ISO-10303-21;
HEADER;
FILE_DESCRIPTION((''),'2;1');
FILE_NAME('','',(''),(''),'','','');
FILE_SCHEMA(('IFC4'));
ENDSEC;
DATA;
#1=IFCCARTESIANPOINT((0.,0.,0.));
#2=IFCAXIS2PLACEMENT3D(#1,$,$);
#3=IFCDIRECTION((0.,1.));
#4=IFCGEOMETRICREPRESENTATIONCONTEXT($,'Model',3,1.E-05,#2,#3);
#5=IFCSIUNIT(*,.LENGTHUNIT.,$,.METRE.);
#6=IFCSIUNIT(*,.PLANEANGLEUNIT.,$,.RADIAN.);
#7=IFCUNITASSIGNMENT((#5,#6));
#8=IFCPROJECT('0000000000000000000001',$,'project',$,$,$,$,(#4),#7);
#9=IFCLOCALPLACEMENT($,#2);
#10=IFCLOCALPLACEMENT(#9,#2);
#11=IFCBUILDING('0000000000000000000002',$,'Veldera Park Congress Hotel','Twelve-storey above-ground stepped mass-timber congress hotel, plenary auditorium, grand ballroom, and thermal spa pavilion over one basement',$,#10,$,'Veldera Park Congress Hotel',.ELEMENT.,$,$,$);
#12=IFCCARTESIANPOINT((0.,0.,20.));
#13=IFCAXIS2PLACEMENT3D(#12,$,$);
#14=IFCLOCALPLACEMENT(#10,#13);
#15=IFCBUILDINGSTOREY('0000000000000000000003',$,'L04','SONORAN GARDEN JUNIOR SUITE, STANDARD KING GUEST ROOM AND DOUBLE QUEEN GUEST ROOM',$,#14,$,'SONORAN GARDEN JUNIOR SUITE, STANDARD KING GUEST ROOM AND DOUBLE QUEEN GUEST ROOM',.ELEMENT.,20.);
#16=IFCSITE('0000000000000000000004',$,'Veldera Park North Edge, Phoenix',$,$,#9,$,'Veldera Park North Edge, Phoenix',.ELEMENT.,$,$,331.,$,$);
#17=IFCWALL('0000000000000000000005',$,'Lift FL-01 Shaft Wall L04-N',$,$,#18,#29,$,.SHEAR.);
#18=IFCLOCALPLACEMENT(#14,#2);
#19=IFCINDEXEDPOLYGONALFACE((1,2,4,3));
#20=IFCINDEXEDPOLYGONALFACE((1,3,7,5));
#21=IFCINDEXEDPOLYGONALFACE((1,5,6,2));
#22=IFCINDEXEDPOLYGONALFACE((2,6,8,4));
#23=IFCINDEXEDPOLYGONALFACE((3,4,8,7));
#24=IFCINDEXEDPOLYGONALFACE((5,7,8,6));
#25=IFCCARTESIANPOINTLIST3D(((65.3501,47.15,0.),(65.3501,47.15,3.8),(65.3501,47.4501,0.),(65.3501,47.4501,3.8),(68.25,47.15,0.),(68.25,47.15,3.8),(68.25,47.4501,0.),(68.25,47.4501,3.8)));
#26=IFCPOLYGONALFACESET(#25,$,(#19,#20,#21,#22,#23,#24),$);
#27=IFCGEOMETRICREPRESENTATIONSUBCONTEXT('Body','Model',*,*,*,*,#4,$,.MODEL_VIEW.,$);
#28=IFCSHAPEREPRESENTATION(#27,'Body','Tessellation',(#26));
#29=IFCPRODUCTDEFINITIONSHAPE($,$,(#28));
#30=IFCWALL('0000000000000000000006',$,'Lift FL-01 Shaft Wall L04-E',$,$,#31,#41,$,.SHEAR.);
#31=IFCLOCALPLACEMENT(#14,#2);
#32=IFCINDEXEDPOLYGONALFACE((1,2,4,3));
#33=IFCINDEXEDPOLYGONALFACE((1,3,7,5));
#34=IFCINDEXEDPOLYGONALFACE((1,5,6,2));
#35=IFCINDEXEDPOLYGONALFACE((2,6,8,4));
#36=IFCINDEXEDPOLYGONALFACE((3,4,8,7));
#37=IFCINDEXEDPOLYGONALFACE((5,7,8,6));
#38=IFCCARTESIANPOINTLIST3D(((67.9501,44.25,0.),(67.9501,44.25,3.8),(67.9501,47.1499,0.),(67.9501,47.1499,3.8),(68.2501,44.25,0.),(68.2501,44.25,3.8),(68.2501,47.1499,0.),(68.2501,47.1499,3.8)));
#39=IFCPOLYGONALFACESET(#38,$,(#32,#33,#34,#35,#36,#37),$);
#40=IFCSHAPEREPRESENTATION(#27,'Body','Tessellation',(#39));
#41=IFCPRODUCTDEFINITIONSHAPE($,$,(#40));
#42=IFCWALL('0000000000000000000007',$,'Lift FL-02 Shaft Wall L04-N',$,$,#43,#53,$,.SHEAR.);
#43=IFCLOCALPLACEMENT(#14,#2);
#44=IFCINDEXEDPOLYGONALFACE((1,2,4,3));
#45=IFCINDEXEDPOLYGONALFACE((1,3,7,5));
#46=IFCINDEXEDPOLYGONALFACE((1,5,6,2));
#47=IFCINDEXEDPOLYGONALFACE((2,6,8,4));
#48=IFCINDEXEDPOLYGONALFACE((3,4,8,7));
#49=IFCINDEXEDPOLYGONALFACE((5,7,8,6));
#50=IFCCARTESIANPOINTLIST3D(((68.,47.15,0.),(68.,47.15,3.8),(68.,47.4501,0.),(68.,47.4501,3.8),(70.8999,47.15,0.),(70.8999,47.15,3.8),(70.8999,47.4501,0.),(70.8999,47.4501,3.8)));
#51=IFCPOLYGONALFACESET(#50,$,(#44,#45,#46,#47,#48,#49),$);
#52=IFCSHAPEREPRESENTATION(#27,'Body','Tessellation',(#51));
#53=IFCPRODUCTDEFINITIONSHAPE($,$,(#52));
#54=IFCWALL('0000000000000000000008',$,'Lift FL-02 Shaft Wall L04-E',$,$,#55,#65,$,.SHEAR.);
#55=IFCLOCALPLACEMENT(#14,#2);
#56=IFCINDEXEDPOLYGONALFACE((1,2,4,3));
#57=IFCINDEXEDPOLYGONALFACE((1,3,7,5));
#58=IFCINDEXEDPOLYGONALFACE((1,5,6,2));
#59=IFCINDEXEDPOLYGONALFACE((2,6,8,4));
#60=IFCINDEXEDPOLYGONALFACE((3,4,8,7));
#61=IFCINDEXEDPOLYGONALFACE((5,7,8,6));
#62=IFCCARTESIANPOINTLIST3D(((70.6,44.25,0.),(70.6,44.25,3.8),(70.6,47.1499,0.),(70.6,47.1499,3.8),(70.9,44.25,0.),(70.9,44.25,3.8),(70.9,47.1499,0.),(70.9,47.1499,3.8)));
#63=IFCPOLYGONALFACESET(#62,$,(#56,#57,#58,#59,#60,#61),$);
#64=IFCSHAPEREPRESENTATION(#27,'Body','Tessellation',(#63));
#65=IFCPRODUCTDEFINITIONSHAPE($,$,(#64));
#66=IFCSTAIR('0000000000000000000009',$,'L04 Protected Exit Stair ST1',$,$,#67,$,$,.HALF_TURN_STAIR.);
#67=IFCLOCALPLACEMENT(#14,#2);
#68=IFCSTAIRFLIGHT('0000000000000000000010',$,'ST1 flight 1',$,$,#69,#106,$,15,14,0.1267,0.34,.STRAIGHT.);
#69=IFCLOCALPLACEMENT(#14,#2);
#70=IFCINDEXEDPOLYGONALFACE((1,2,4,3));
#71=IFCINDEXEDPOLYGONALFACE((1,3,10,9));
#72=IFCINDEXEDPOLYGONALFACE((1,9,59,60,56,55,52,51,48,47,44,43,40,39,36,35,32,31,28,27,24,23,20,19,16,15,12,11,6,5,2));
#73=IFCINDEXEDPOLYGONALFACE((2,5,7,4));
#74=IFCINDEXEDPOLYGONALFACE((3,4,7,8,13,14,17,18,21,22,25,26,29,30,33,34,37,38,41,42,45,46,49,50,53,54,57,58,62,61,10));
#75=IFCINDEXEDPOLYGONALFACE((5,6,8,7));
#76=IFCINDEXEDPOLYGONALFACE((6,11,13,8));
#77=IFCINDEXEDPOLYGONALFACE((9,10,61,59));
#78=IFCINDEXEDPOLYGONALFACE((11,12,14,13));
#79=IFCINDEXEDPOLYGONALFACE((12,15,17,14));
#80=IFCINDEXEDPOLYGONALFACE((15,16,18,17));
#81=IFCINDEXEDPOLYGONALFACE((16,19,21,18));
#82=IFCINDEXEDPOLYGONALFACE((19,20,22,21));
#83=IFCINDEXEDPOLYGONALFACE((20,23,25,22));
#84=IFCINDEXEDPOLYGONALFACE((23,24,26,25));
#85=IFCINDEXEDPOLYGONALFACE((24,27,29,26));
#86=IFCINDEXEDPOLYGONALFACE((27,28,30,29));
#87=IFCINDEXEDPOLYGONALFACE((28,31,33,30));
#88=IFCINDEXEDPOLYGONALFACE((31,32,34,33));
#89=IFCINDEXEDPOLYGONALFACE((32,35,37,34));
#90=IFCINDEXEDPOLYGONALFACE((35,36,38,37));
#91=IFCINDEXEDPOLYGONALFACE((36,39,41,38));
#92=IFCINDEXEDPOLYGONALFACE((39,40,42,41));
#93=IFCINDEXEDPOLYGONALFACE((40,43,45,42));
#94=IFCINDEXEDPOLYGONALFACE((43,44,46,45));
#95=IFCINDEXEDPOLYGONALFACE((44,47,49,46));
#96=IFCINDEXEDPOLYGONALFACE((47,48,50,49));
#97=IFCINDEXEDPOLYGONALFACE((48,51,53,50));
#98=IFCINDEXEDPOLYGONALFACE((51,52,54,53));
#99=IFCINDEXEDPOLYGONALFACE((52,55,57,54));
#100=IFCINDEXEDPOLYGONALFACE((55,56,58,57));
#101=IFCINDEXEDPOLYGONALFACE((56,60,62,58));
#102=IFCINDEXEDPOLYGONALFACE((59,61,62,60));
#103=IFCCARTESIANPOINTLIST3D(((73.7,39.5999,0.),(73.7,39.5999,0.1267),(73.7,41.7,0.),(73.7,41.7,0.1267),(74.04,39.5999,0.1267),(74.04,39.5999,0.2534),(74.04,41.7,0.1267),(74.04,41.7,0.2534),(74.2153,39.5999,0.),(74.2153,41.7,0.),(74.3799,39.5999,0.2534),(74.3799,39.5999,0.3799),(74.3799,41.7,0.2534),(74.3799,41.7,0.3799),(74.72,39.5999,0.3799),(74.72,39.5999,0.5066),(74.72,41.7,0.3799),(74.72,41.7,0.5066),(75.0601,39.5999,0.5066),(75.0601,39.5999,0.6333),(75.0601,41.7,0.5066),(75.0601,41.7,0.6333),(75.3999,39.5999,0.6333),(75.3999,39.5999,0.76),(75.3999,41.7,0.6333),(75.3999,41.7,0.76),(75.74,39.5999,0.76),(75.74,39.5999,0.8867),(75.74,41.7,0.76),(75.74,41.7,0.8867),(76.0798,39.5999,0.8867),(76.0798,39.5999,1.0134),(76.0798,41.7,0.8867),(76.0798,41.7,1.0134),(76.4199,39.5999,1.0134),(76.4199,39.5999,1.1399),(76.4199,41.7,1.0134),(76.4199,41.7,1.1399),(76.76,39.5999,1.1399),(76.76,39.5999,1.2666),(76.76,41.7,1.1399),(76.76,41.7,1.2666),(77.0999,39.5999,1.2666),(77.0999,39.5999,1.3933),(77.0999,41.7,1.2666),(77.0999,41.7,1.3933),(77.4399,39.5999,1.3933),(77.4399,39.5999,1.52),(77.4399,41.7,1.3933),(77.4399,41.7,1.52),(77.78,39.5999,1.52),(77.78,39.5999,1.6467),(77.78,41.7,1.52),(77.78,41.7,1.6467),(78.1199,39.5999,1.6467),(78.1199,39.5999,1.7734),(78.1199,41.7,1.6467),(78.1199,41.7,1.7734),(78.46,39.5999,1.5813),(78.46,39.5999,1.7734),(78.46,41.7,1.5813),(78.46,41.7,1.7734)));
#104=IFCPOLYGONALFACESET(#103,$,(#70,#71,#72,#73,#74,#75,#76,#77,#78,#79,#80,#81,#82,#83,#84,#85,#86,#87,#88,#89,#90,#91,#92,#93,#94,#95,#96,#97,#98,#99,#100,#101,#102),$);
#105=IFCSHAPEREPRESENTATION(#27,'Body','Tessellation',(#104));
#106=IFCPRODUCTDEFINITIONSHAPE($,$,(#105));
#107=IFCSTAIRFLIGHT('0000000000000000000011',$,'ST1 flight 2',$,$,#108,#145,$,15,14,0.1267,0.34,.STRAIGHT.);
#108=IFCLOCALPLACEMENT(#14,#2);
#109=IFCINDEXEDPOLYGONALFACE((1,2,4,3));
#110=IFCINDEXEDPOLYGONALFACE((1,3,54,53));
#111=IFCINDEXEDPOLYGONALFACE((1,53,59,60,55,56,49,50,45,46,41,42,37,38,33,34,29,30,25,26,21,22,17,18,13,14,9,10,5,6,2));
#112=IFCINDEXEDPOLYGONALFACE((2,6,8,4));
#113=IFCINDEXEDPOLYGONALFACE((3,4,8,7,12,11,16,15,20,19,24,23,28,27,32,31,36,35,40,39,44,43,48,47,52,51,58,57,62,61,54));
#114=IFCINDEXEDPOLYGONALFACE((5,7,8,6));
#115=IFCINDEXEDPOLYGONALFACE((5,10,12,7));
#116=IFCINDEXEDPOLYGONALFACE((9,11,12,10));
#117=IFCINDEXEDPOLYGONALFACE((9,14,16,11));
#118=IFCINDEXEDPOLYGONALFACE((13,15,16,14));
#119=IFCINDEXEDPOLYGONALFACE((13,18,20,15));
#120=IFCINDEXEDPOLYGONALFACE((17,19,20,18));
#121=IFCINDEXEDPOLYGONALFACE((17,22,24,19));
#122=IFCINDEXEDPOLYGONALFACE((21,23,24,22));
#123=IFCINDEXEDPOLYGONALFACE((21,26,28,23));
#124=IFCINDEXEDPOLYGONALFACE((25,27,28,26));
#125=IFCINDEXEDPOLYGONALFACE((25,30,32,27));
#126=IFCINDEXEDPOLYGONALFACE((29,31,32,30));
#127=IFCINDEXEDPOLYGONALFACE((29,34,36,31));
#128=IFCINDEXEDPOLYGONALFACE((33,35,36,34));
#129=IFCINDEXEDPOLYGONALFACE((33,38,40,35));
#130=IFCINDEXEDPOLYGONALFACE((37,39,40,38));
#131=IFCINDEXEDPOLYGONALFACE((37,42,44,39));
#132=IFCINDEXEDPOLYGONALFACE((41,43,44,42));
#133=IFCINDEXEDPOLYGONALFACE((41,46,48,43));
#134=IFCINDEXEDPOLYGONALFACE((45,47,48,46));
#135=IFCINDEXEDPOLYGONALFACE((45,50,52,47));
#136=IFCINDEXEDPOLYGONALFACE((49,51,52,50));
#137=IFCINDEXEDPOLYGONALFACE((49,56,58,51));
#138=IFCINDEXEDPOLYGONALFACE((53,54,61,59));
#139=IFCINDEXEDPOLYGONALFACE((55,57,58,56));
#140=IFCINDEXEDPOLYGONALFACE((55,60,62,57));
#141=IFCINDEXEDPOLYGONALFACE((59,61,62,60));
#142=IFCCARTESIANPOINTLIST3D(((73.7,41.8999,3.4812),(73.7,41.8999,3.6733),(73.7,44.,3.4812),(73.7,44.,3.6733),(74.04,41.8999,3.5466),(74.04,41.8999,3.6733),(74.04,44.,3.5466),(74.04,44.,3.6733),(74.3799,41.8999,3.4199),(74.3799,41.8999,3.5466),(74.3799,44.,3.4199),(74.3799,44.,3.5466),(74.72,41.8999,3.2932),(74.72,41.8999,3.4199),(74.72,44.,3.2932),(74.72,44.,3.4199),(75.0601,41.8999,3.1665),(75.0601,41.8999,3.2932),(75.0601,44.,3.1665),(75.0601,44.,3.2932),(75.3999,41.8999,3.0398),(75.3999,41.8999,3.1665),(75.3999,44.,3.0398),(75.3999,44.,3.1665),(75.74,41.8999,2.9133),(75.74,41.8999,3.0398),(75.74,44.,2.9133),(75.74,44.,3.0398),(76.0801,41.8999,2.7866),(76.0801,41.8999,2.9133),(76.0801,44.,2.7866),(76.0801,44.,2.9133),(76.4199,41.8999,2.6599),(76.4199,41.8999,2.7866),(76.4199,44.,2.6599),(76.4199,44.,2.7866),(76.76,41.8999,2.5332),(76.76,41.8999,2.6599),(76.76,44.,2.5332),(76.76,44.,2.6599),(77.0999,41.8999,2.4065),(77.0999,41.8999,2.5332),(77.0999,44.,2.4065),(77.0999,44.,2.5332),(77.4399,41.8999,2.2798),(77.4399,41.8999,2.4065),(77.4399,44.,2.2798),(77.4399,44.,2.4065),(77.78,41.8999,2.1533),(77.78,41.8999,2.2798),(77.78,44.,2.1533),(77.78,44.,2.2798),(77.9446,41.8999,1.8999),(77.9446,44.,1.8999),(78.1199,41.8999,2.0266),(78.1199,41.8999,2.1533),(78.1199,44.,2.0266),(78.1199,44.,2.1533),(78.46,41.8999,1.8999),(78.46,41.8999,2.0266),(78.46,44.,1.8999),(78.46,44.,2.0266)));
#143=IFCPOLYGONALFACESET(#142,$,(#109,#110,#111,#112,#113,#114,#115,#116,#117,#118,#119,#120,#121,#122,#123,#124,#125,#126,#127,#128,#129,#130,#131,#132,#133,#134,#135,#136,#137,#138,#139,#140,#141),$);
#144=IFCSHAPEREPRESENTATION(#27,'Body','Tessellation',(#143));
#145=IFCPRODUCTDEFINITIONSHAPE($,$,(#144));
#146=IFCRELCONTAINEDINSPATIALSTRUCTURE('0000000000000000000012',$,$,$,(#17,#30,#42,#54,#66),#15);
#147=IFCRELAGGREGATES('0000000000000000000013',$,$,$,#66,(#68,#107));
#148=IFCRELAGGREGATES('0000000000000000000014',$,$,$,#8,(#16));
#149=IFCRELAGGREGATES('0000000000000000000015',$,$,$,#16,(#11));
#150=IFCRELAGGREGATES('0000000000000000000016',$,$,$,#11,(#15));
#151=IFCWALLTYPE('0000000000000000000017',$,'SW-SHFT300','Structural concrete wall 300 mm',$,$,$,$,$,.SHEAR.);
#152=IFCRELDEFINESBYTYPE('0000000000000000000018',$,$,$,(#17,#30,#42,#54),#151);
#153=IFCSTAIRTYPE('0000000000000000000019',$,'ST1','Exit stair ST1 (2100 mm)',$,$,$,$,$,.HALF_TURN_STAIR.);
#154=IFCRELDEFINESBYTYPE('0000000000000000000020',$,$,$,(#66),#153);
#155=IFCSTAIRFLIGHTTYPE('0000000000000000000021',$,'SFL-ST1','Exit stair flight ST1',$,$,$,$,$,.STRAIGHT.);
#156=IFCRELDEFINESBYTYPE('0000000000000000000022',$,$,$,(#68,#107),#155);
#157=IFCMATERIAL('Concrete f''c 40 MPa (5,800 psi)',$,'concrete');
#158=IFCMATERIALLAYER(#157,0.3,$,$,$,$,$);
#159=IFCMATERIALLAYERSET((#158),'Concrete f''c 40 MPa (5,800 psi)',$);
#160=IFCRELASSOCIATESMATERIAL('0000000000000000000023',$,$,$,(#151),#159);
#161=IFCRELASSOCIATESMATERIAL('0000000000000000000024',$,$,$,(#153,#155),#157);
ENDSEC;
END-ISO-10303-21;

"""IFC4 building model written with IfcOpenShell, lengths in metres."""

from ifc_helpers import new_model, si_unit, direction, frame, frame_2d, origin, place, context, subcontext, project, spatial, polyline, rectangle, outline, extrude, material, layer, layer_set, type_object, element, aggregate, save


model = new_model("IFC4")

# Units and contexts
model_context = context("Model", 3, precision=1e-05, world=origin(), true_north=direction((0.0, 1.0)))
body_context = subcontext(model_context, "Body", "Model", "MODEL_VIEW")
ifc_project = project(units=[si_unit("LENGTHUNIT", "METRE"), si_unit("PLANEANGLEUNIT", "RADIAN")], contexts=[model_context])

# Site, building, storey
site_placement = place(None, origin())
site = spatial("IfcSite", under=ifc_project, at=site_placement, Name="Veldera Park North Edge, Phoenix", LongName="Veldera Park North Edge, Phoenix", CompositionType="ELEMENT", RefElevation=331.0)
building_placement = place(site_placement, origin())
building = spatial("IfcBuilding", under=site, at=building_placement, Name="Veldera Park Congress Hotel", Description="Twelve-storey above-ground stepped mass-timber congress hotel, plenary auditorium, grand ballroom, and thermal spa pavilion over one basement", LongName="Veldera Park Congress Hotel", CompositionType="ELEMENT")
storey_placement = place(building_placement, frame((0.0, 0.0, 20.0)))
storey = spatial("IfcBuildingStorey", under=building, at=storey_placement, Name="L04", Description="SONORAN GARDEN JUNIOR SUITE, STANDARD KING GUEST ROOM AND DOUBLE QUEEN GUEST ROOM", LongName="SONORAN GARDEN JUNIOR SUITE, STANDARD KING GUEST ROOM AND DOUBLE QUEEN GUEST ROOM", CompositionType="ELEMENT", Elevation=20.0)

# Shared definitions
ifc_material_1 = material(Name="Concrete f'c 40 MPa (5,800 psi)", Category="concrete")

# Walls
ifc_layer_1 = layer(ifc_material_1, 0.3)
ifc_layer_set_1 = layer_set([ifc_layer_1], Name="Concrete f'c 40 MPa (5,800 psi)")
wall_type_1 = type_object("IfcWallType", Name="SW-SHFT300", Description="Structural concrete wall 300 mm", PredefinedType="SHEAR", material=ifc_layer_set_1)
for number, where, z_axis, x_axis, name in (
    (1, (68.25, 47.3, 0.0), (0.0, 0.0, 1.0), (-1.0, 0.0, 0.0), "Lift FL-01 Shaft Wall L04-N"),
    (2, (68.1001, 44.25, 0.0), (0.0, 0.0, 1.0), (0.0, 1.0, 0.0), "Lift FL-01 Shaft Wall L04-E"),
    (3, (70.8999, 47.3, 0.0), (0.0, 0.0, 1.0), (-1.0, 0.0, 0.0), "Lift FL-02 Shaft Wall L04-N"),
    (4, (70.75, 44.25, 0.0), (0.0, 0.0, 1.0), (0.0, 1.0, 0.0), "Lift FL-02 Shaft Wall L04-E"),
):
    element("IfcWall", number, at=place(storey_placement, frame(where, z_axis=z_axis, x_axis=x_axis)), inside=storey, type_object=wall_type_1, Name=name, PredefinedType="SHEAR", context=body_context, shape_type="SweptSolid", body=[
        extrude(rectangle(XDim=2.8999, YDim=0.3, at=frame_2d((1.45, 0.0))), origin(), (0.0, 0.0, 1.0), 3.8),
    ])

# Stair, stair flights
stair_type = type_object("IfcStairType", Name="ST1", Description="Exit stair ST1 (2100 mm)", PredefinedType="HALF_TURN_STAIR", material=ifc_material_1)
stair_placement = place(storey_placement, origin())
stair = element("IfcStair", 5, at=stair_placement, inside=storey, type_object=stair_type, Name="L04 Protected Exit Stair ST1", PredefinedType="HALF_TURN_STAIR")
stair_flight_type = type_object("IfcStairFlightType", Name="SFL-ST1", Description="Exit stair flight ST1", PredefinedType="STRAIGHT", material=ifc_material_1)
stair_flight_1_placement = place(storey_placement, frame((73.7, 40.6499, 0.0), z_axis=(0.0, 0.0, 1.0), x_axis=(1.0, 0.0, 0.0)))
stair_flight_1 = element("IfcStairFlight", 6, at=stair_flight_1_placement, type_object=stair_flight_type, Name="ST1 flight 1", NumberOfRisers=15, NumberOfTreads=14, PredefinedType="STRAIGHT", RiserHeight=0.1267, TreadLength=0.34, context=body_context, shape_type="SweptSolid", body=[
    extrude(outline(polyline([(0.0, 0.0), (0.0, 0.1267), (0.3401, 0.1267), (0.3401, 0.2534), (0.6799, 0.2534), (0.6799, 0.3799), (1.02, 0.3799), (1.02, 0.5066), (1.3601, 0.5066), (1.3601, 0.6333), (1.7, 0.6333), (1.7, 0.76), (2.04, 0.76), (2.04, 0.8867), (2.3799, 0.8867), (2.3799, 1.0134), (2.72, 1.0134), (2.72, 1.1399), (3.0601, 1.1399), (3.0601, 1.2666), (3.3999, 1.2666), (3.3999, 1.3933), (3.74, 1.3933), (3.74, 1.52), (4.0801, 1.52), (4.0801, 1.6467), (4.4199, 1.6467), (4.4199, 1.7734), (4.76, 1.7734), (4.76, 1.8999), (4.76, 1.8999), (4.76, 1.5813), (0.5154, 0.0), (0.0, 0.0)])), frame((0.0, 1.05, 0.0), z_axis=(0.0, -1.0, 0.0), x_axis=(1.0, 0.0, 0.0)), (0.0, 0.0, 1.0), 2.1001),
])
stair_flight_2_placement = place(storey_placement, frame((78.46, 42.95, 1.8999), z_axis=(0.0, 0.0, 1.0), x_axis=(-1.0, 0.0, 0.0)))
stair_flight_2 = element("IfcStairFlight", 7, at=stair_flight_2_placement, type_object=stair_flight_type, Name="ST1 flight 2", NumberOfRisers=15, NumberOfTreads=14, PredefinedType="STRAIGHT", RiserHeight=0.1267, TreadLength=0.34, context=body_context, shape_type="SweptSolid", body=[
    extrude(outline(polyline([(0.0, 0.0), (0.0, 0.1267), (0.3401, 0.1267), (0.3401, 0.2534), (0.6799, 0.2534), (0.6799, 0.3799), (1.02, 0.3799), (1.02, 0.5066), (1.3601, 0.5066), (1.3601, 0.6333), (1.7, 0.6333), (1.7, 0.76), (2.04, 0.76), (2.04, 0.8867), (2.3799, 0.8867), (2.3799, 1.0134), (2.72, 1.0134), (2.72, 1.1399), (3.0601, 1.1399), (3.0601, 1.2666), (3.3999, 1.2666), (3.3999, 1.3933), (3.74, 1.3933), (3.74, 1.52), (4.0801, 1.52), (4.0801, 1.6467), (4.4199, 1.6467), (4.4199, 1.7734), (4.76, 1.7734), (4.76, 1.8999), (4.76, 1.8999), (4.76, 1.5813), (0.5154, 0.0), (0.0, 0.0)])), frame((0.0, 1.05, 0.0), z_axis=(0.0, -1.0, 0.0), x_axis=(1.0, 0.0, 0.0)), (0.0, 0.0, 1.0), 2.1001),
])
aggregate(stair, [stair_flight_1, stair_flight_2])

save(model, "model.ifc")
